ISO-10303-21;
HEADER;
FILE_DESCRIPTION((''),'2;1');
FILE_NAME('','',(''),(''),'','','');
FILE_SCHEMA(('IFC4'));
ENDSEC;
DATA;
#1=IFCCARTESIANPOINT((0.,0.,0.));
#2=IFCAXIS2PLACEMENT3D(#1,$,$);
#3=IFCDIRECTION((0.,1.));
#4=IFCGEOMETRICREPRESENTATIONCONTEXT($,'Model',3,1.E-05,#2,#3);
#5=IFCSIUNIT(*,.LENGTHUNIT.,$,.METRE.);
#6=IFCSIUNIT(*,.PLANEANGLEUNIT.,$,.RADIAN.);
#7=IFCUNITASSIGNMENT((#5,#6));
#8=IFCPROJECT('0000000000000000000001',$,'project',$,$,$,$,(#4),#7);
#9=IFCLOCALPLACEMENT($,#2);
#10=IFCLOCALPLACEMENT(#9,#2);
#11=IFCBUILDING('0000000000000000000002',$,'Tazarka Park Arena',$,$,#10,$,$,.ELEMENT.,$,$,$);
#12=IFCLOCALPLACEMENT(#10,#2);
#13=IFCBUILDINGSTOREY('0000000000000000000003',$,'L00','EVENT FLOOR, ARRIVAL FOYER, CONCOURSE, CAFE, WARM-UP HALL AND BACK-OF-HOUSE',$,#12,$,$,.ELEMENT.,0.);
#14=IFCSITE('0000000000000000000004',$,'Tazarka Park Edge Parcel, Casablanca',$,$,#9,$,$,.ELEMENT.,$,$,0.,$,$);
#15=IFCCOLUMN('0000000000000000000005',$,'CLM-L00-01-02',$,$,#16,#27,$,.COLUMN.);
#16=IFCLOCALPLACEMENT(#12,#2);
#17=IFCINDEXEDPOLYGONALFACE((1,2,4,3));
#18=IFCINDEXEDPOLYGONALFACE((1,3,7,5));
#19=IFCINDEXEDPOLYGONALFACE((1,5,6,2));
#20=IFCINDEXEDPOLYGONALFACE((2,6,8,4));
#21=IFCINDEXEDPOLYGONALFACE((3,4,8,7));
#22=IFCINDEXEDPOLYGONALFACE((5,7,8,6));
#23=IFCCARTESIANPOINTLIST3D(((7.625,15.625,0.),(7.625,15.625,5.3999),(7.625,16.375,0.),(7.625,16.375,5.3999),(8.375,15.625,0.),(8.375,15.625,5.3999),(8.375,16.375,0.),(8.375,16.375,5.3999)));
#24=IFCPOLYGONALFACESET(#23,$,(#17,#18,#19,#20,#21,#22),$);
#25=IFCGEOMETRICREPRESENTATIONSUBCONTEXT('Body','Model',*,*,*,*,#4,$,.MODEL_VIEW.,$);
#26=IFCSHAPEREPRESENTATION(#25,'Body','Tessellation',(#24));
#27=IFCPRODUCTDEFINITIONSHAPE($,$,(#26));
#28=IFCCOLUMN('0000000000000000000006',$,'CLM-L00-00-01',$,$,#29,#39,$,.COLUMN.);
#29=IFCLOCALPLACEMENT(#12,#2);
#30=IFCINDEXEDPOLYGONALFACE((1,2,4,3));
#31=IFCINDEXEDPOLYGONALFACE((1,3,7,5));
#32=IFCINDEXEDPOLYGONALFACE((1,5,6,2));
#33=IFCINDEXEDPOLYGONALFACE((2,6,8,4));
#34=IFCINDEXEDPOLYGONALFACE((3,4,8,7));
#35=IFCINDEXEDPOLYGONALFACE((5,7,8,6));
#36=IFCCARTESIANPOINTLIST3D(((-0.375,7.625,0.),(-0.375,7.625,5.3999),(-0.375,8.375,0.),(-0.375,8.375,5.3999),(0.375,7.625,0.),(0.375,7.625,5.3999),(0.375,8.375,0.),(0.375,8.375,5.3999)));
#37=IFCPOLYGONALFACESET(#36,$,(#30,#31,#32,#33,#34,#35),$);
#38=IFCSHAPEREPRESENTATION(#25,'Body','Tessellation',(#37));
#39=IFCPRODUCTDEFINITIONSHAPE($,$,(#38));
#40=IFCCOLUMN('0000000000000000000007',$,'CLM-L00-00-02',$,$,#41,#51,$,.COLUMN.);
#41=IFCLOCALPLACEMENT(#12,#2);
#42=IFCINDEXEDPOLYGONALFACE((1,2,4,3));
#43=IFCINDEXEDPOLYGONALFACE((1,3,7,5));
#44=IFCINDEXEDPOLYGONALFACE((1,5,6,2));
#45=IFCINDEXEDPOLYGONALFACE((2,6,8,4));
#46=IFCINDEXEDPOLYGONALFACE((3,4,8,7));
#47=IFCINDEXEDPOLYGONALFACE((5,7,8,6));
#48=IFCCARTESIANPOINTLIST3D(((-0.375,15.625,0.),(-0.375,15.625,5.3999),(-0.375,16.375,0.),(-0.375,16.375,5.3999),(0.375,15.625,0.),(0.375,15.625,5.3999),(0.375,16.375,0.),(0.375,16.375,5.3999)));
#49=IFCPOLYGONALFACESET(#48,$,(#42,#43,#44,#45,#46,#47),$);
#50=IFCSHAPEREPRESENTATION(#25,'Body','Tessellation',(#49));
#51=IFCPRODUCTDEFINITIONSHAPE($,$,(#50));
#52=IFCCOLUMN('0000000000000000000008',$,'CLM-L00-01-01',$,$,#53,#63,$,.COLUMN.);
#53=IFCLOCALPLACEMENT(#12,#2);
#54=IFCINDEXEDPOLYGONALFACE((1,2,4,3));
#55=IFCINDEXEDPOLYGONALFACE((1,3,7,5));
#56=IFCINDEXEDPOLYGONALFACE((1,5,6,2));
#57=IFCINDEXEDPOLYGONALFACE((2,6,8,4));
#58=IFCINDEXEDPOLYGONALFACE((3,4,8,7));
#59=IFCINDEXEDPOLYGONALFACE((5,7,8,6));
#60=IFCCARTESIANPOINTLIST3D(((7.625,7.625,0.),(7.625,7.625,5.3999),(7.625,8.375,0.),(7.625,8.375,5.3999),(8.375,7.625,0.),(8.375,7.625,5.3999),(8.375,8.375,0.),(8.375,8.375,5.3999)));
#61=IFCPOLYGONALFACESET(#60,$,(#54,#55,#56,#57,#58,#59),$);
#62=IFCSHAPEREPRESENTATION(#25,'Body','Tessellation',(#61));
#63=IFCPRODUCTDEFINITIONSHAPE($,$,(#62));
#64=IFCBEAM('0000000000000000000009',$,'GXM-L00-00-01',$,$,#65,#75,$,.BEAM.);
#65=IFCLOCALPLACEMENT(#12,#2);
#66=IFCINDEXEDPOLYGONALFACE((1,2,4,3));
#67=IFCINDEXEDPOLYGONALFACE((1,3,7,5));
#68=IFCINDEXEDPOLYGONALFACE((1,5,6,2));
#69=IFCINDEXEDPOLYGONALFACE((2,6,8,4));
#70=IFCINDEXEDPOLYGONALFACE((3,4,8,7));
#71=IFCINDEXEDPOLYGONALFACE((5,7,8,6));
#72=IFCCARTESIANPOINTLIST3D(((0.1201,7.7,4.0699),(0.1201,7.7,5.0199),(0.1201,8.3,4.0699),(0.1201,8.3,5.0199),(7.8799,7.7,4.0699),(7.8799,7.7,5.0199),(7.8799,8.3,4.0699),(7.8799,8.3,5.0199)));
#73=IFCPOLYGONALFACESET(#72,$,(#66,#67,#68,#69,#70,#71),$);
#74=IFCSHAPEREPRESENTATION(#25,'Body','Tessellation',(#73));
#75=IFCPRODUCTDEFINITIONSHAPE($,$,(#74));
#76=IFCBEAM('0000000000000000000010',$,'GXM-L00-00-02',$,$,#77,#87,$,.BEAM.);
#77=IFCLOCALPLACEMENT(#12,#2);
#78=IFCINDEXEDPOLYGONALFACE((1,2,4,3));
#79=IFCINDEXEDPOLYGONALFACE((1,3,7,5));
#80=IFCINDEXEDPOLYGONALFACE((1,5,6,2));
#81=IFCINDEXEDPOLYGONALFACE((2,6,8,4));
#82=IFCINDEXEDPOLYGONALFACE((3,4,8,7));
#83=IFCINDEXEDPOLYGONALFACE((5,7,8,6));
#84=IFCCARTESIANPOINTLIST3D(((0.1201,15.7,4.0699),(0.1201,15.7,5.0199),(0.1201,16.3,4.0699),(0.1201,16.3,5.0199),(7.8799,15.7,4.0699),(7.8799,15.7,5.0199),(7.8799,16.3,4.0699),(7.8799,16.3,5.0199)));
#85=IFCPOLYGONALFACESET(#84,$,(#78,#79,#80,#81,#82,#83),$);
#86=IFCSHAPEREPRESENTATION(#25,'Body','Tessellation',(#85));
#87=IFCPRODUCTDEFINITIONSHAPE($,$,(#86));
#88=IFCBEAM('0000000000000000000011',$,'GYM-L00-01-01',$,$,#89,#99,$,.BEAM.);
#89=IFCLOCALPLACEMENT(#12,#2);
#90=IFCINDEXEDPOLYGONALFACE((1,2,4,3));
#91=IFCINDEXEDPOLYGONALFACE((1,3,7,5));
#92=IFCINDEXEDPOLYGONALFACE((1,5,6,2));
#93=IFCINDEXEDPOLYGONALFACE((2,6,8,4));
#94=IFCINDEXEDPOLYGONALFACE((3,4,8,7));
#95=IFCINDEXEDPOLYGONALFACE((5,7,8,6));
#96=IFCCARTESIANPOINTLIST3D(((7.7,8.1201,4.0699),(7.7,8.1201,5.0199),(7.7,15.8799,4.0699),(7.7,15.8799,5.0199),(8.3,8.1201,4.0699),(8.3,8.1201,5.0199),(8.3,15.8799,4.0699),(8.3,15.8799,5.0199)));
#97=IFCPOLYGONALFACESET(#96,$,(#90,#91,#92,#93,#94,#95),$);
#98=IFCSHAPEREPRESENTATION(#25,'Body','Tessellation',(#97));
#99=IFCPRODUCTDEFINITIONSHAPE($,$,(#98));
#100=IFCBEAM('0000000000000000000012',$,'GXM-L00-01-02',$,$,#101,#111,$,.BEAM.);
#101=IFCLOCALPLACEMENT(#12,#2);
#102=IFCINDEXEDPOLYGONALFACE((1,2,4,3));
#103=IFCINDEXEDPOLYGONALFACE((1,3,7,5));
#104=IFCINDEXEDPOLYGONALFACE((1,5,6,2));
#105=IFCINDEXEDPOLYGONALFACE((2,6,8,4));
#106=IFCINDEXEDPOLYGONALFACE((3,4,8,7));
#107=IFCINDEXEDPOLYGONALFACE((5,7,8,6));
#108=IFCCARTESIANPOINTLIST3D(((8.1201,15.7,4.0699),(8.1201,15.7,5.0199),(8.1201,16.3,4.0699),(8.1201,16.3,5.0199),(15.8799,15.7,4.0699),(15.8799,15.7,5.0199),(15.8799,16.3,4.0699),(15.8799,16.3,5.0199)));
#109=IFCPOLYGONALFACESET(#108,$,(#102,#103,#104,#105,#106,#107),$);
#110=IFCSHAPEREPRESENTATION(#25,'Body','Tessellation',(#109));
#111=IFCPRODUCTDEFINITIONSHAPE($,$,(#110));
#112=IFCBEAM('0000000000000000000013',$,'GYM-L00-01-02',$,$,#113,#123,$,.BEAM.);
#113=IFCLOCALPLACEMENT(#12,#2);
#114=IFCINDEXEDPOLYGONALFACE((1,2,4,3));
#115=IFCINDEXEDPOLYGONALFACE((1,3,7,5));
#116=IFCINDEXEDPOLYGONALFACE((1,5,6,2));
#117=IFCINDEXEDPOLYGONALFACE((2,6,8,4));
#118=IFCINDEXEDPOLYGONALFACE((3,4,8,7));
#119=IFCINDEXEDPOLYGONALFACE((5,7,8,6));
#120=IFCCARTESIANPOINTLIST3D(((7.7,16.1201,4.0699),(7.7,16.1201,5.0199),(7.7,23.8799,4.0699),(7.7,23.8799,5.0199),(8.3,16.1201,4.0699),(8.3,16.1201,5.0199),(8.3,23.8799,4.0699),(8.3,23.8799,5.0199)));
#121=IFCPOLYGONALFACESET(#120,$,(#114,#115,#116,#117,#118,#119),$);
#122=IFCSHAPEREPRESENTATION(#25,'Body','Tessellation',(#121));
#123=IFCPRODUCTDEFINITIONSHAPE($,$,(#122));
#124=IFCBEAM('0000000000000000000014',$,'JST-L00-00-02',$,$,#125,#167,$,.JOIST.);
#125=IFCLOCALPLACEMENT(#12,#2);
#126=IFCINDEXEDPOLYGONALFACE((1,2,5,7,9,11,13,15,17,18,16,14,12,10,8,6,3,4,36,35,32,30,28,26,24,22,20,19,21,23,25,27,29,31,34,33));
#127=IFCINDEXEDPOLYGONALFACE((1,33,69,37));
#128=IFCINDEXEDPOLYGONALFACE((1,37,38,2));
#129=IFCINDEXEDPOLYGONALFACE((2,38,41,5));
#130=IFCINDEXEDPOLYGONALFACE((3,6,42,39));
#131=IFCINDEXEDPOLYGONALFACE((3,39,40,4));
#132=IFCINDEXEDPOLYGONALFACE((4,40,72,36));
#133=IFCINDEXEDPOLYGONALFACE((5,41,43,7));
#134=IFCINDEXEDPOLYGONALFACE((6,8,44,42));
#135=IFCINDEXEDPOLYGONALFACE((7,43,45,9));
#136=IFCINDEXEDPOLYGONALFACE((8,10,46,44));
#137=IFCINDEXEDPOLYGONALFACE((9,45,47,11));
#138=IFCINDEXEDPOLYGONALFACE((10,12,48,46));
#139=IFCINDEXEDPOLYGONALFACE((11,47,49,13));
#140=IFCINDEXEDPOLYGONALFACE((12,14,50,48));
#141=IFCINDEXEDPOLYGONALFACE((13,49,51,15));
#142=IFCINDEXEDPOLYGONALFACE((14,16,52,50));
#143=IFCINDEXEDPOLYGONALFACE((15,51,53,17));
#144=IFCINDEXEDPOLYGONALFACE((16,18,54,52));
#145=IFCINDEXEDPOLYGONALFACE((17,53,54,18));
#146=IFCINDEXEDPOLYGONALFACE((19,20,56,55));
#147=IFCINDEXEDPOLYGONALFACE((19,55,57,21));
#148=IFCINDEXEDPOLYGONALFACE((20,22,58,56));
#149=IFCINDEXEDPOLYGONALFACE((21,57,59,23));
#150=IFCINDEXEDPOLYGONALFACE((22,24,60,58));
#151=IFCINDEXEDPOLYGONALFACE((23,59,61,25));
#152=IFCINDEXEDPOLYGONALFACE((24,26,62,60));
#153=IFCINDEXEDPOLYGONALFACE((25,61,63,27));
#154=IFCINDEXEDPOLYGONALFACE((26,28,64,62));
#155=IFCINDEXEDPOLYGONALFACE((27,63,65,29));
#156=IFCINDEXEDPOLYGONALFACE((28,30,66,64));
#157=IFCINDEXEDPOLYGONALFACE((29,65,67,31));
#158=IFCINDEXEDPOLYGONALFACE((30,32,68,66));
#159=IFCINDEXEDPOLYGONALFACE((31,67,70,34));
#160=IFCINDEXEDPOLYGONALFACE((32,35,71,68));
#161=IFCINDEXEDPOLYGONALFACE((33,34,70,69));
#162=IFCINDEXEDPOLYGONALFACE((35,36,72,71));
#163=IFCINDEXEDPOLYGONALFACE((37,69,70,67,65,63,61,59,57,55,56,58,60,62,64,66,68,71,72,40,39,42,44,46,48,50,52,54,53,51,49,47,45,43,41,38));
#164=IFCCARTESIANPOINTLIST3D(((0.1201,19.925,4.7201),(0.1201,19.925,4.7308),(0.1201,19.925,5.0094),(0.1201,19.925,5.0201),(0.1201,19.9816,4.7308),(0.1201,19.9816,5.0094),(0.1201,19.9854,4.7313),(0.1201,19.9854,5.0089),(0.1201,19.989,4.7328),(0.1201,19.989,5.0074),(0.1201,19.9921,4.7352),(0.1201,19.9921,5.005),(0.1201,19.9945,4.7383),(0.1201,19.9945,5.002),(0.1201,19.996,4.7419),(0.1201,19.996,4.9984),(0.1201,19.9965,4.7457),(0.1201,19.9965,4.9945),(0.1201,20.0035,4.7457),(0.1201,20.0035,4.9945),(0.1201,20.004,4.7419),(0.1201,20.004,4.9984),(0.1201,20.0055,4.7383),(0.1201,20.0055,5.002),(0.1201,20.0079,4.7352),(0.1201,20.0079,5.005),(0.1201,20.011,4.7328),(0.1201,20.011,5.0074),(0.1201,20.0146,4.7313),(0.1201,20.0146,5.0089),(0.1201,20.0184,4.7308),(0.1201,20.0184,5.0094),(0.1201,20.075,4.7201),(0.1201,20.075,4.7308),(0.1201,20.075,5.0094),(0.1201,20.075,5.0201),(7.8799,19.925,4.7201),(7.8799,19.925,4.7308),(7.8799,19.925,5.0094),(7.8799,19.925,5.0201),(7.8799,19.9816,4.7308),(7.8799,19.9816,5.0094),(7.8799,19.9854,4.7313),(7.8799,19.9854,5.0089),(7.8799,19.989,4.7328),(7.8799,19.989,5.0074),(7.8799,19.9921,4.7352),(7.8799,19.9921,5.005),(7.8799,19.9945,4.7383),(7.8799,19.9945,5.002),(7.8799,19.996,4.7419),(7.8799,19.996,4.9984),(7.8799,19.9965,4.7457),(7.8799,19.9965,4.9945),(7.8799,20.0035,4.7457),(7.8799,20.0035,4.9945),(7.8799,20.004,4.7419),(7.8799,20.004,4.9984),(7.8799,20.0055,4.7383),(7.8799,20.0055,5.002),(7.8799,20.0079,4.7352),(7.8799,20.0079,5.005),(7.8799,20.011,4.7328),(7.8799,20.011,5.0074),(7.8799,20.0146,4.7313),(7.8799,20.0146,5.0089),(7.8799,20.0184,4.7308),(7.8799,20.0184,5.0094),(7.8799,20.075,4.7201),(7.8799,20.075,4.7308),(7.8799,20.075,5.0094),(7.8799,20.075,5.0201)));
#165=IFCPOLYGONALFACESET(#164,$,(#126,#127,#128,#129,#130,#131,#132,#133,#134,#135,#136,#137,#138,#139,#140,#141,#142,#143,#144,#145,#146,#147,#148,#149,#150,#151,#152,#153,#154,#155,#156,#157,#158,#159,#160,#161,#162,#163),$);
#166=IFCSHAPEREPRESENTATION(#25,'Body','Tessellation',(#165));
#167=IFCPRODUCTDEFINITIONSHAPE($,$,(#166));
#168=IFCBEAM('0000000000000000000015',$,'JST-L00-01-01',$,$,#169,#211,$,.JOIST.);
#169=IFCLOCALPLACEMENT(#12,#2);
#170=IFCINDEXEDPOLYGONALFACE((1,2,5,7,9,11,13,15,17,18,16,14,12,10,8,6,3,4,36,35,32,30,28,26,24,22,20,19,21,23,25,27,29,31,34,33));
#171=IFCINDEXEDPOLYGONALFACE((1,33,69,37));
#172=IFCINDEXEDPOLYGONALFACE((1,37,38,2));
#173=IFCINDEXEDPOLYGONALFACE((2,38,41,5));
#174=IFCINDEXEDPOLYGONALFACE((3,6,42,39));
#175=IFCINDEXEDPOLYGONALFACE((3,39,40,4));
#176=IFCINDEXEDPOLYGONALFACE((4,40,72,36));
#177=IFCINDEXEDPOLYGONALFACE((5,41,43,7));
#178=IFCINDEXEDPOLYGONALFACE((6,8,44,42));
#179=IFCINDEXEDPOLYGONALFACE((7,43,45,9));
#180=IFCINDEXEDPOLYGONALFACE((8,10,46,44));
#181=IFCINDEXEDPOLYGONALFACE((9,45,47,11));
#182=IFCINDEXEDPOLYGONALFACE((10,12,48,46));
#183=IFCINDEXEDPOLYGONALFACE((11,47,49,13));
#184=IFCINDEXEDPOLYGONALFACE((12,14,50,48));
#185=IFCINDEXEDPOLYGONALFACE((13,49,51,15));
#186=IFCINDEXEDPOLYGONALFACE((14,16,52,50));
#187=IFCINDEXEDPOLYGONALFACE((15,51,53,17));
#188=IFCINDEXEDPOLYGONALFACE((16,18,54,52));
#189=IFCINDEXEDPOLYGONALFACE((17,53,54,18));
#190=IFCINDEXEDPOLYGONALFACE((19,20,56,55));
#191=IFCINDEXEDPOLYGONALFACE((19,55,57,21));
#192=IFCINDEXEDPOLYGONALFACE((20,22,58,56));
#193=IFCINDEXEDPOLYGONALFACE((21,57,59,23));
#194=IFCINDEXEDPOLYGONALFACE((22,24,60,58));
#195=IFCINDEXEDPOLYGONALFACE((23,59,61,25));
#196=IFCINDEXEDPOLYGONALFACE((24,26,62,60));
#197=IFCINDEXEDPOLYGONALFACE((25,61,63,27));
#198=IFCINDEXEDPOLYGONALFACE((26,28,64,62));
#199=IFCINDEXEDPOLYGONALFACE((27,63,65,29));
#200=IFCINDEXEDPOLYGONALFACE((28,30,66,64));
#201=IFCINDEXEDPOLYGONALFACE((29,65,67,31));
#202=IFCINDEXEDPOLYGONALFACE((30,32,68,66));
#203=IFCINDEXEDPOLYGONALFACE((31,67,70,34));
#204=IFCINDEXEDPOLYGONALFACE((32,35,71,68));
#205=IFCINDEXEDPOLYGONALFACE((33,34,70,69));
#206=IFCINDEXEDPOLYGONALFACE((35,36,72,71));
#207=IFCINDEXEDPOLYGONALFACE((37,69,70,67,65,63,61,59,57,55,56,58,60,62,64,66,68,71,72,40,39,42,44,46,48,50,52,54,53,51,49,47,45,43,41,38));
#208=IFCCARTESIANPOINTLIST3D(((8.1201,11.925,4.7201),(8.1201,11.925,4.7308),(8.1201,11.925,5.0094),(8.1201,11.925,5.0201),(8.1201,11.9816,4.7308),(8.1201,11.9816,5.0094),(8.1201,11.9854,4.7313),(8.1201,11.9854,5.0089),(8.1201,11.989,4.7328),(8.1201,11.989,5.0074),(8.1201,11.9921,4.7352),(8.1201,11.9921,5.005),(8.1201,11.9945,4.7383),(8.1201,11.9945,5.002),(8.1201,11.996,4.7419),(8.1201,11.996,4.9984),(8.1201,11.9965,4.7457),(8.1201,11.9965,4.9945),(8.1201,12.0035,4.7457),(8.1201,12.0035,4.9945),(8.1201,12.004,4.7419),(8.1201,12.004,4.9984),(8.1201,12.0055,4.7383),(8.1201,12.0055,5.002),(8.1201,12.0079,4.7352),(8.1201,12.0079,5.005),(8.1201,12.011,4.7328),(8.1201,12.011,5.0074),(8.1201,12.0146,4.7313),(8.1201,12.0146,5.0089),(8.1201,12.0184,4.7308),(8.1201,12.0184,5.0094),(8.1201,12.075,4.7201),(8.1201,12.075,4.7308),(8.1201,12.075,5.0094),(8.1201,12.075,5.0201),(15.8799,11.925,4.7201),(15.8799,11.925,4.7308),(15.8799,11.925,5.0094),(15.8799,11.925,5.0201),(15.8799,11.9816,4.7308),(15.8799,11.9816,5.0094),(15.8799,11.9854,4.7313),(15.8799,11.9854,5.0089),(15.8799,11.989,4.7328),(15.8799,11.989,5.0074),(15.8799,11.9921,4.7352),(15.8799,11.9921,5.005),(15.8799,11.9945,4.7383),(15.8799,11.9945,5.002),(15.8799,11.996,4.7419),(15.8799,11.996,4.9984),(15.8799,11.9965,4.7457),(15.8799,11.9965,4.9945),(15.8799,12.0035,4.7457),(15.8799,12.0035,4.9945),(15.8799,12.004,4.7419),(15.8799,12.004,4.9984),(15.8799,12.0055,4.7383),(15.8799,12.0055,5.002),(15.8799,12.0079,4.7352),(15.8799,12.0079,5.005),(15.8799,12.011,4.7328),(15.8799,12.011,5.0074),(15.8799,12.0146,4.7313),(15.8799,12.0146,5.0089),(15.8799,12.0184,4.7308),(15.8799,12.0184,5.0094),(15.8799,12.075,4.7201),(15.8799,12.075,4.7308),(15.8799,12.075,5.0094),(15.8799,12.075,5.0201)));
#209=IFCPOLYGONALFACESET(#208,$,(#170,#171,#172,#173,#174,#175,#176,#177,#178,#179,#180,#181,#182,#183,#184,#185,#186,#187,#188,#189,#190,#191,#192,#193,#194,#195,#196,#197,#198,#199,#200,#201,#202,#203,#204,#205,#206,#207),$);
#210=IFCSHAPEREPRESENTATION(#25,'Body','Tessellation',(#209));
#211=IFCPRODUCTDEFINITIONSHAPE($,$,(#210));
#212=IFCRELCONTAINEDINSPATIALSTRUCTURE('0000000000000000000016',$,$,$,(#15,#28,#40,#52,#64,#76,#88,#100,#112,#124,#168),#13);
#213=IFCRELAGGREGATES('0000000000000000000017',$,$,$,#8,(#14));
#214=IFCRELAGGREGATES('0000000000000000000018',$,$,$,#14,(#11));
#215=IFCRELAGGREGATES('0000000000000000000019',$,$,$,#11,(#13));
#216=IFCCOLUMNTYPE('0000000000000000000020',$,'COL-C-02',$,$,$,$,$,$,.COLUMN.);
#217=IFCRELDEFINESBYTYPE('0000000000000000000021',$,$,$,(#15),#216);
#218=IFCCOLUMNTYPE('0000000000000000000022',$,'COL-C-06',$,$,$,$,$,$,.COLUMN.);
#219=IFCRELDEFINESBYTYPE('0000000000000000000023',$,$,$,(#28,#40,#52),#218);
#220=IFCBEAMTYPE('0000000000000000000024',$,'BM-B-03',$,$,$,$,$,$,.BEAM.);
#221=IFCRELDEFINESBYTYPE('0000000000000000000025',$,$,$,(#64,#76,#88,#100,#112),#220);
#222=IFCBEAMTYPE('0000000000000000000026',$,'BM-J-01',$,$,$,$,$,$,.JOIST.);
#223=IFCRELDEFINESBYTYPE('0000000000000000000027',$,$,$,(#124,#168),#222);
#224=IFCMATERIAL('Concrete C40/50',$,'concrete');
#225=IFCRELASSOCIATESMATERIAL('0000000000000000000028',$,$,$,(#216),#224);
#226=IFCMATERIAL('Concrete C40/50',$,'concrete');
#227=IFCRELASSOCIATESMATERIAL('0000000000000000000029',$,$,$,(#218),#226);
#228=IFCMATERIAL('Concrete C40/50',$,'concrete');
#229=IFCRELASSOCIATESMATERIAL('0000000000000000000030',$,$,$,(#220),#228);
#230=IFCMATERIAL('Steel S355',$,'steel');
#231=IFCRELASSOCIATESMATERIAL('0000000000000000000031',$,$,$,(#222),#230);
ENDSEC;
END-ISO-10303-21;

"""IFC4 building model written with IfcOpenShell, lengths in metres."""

from ifc_helpers import new_model, si_unit, direction, frame, origin, origin_2d, place, context, subcontext, project, spatial, rectangle, i_section, extrude, material, material_profile, profile_set, type_object, element, save


model = new_model("IFC4")

# Units and contexts
model_context = context("Model", 3, precision=1e-05, world=origin(), true_north=direction((0.0, 1.0)))
body_context = subcontext(model_context, "Body", "Model", "MODEL_VIEW")
ifc_project = project(units=[si_unit("LENGTHUNIT", "METRE"), si_unit("PLANEANGLEUNIT", "RADIAN")], contexts=[model_context])

# Site, building, storey
site_placement = place(None, origin())
site = spatial("IfcSite", under=ifc_project, at=site_placement, Name="Tazarka Park Edge Parcel, Casablanca", CompositionType="ELEMENT", RefElevation=0.0)
building_placement = place(site_placement, origin())
building = spatial("IfcBuilding", under=site, at=building_placement, Name="Tazarka Park Arena", CompositionType="ELEMENT")
storey_placement = place(building_placement, origin())
storey = spatial("IfcBuildingStorey", under=building, at=storey_placement, Name="L00", Description="EVENT FLOOR, ARRIVAL FOYER, CONCOURSE, CAFE, WARM-UP HALL AND BACK-OF-HOUSE", CompositionType="ELEMENT", Elevation=0.0)

# Columns
ifc_material_1 = material(Name="Concrete C40/50", Category="concrete")
ifc_material_profile_1 = material_profile(ifc_material_1, rectangle(XDim=0.75, YDim=0.75, at=origin_2d()), Name="Concrete C40/50")
ifc_profile_set_1 = profile_set([ifc_material_profile_1], Name="Concrete C40/50")
column_type_1 = type_object("IfcColumnType", Name="COL-C-02", PredefinedType="COLUMN", material=ifc_profile_set_1)
column_placement = place(storey_placement, frame((8.0, 16.0, 0.0), z_axis=(0.0, 0.0, 1.0), x_axis=(1.0, 0.0, 0.0)))
element("IfcColumn", 1, at=column_placement, inside=storey, type_object=column_type_1, Name="CLM-L00-01-02", PredefinedType="COLUMN", context=body_context, shape_type="SweptSolid", body=[
    extrude(rectangle(XDim=0.75, YDim=0.75, at=origin_2d()), origin(), (0.0, 0.0, 1.0), 5.3999),
])
ifc_material_2 = material(Name="Concrete C40/50", Category="concrete")
ifc_material_profile_2 = material_profile(ifc_material_2, rectangle(XDim=0.75, YDim=0.75, at=origin_2d()), Name="Concrete C40/50")
ifc_profile_set_2 = profile_set([ifc_material_profile_2], Name="Concrete C40/50")
column_type_2 = type_object("IfcColumnType", Name="COL-C-06", PredefinedType="COLUMN", material=ifc_profile_set_2)
for number, where, z_axis, x_axis, name in (
    (2, (0.0, 8.0, 0.0), (0.0, 0.0, 1.0), (1.0, 0.0, 0.0), "CLM-L00-00-01"),
    (3, (0.0, 16.0, 0.0), (0.0, 0.0, 1.0), (1.0, 0.0, 0.0), "CLM-L00-00-02"),
    (4, (8.0, 8.0, 0.0), (0.0, 0.0, 1.0), (1.0, 0.0, 0.0), "CLM-L00-01-01"),
):
    element("IfcColumn", number, at=place(storey_placement, frame(where, z_axis=z_axis, x_axis=x_axis)), inside=storey, type_object=column_type_2, Name=name, PredefinedType="COLUMN", context=body_context, shape_type="SweptSolid", body=[
        extrude(rectangle(XDim=0.75, YDim=0.75, at=origin_2d()), origin(), (0.0, 0.0, 1.0), 5.3999),
    ])

# Beams
ifc_material_3 = material(Name="Concrete C40/50", Category="concrete")
ifc_material_profile_3 = material_profile(ifc_material_3, rectangle(XDim=0.6001, YDim=0.95, at=origin_2d()), Name="Concrete C40/50")
ifc_profile_set_3 = profile_set([ifc_material_profile_3], Name="Concrete C40/50")
beam_type_1 = type_object("IfcBeamType", Name="BM-B-03", PredefinedType="BEAM", material=ifc_profile_set_3)
for number, where, z_axis, x_axis, name in (
    (5, (0.1201, 8.0, 4.5449), (1.0, 0.0, 0.0), (0.0, 1.0, 0.0), "GXM-L00-00-01"),
    (6, (0.1201, 16.0, 4.5449), (1.0, 0.0, 0.0), (0.0, 1.0, 0.0), "GXM-L00-00-02"),
    (7, (8.0, 8.1201, 4.5449), (0.0, 1.0, 0.0), (-1.0, 0.0, 0.0), "GYM-L00-01-01"),
    (8, (8.1201, 16.0, 4.5449), (1.0, 0.0, 0.0), (0.0, 1.0, 0.0), "GXM-L00-01-02"),
    (9, (8.0, 16.1201, 4.5449), (0.0, 1.0, 0.0), (-1.0, 0.0, 0.0), "GYM-L00-01-02"),
):
    element("IfcBeam", number, at=place(storey_placement, frame(where, z_axis=z_axis, x_axis=x_axis)), inside=storey, type_object=beam_type_1, Name=name, PredefinedType="BEAM", context=body_context, shape_type="SweptSolid", body=[
        extrude(rectangle(XDim=0.6001, YDim=0.95, at=origin_2d()), origin(), (0.0, 0.0, 1.0), 7.7598),
    ])
ifc_material_4 = material(Name="Steel S355", Category="steel")
ifc_material_profile_4 = material_profile(ifc_material_4, i_section(OverallWidth=0.1499, OverallDepth=0.3, WebThickness=0.0071, FlangeThickness=0.0107, FilletRadius=0.0149, at=origin_2d()), Name="Steel S355")
ifc_profile_set_4 = profile_set([ifc_material_profile_4], Name="Steel S355")
beam_type_2 = type_object("IfcBeamType", Name="BM-J-01", PredefinedType="JOIST", material=ifc_profile_set_4)
for number, where, z_axis, x_axis, name in (
    (10, (0.1201, 20.0, 4.8701), (1.0, 0.0, 0.0), (0.0, 1.0, 0.0), "JST-L00-00-02"),
    (11, (8.1201, 12.0, 4.8701), (1.0, 0.0, 0.0), (0.0, 1.0, 0.0), "JST-L00-01-01"),
):
    element("IfcBeam", number, at=place(storey_placement, frame(where, z_axis=z_axis, x_axis=x_axis)), inside=storey, type_object=beam_type_2, Name=name, PredefinedType="JOIST", context=body_context, shape_type="SweptSolid", body=[
        extrude(i_section(OverallWidth=0.1499, OverallDepth=0.3, WebThickness=0.0071, FlangeThickness=0.0107, FilletRadius=0.0149, at=origin_2d()), origin(), (0.0, 0.0, 1.0), 7.7598),
    ])

save(model, "model.ifc")
